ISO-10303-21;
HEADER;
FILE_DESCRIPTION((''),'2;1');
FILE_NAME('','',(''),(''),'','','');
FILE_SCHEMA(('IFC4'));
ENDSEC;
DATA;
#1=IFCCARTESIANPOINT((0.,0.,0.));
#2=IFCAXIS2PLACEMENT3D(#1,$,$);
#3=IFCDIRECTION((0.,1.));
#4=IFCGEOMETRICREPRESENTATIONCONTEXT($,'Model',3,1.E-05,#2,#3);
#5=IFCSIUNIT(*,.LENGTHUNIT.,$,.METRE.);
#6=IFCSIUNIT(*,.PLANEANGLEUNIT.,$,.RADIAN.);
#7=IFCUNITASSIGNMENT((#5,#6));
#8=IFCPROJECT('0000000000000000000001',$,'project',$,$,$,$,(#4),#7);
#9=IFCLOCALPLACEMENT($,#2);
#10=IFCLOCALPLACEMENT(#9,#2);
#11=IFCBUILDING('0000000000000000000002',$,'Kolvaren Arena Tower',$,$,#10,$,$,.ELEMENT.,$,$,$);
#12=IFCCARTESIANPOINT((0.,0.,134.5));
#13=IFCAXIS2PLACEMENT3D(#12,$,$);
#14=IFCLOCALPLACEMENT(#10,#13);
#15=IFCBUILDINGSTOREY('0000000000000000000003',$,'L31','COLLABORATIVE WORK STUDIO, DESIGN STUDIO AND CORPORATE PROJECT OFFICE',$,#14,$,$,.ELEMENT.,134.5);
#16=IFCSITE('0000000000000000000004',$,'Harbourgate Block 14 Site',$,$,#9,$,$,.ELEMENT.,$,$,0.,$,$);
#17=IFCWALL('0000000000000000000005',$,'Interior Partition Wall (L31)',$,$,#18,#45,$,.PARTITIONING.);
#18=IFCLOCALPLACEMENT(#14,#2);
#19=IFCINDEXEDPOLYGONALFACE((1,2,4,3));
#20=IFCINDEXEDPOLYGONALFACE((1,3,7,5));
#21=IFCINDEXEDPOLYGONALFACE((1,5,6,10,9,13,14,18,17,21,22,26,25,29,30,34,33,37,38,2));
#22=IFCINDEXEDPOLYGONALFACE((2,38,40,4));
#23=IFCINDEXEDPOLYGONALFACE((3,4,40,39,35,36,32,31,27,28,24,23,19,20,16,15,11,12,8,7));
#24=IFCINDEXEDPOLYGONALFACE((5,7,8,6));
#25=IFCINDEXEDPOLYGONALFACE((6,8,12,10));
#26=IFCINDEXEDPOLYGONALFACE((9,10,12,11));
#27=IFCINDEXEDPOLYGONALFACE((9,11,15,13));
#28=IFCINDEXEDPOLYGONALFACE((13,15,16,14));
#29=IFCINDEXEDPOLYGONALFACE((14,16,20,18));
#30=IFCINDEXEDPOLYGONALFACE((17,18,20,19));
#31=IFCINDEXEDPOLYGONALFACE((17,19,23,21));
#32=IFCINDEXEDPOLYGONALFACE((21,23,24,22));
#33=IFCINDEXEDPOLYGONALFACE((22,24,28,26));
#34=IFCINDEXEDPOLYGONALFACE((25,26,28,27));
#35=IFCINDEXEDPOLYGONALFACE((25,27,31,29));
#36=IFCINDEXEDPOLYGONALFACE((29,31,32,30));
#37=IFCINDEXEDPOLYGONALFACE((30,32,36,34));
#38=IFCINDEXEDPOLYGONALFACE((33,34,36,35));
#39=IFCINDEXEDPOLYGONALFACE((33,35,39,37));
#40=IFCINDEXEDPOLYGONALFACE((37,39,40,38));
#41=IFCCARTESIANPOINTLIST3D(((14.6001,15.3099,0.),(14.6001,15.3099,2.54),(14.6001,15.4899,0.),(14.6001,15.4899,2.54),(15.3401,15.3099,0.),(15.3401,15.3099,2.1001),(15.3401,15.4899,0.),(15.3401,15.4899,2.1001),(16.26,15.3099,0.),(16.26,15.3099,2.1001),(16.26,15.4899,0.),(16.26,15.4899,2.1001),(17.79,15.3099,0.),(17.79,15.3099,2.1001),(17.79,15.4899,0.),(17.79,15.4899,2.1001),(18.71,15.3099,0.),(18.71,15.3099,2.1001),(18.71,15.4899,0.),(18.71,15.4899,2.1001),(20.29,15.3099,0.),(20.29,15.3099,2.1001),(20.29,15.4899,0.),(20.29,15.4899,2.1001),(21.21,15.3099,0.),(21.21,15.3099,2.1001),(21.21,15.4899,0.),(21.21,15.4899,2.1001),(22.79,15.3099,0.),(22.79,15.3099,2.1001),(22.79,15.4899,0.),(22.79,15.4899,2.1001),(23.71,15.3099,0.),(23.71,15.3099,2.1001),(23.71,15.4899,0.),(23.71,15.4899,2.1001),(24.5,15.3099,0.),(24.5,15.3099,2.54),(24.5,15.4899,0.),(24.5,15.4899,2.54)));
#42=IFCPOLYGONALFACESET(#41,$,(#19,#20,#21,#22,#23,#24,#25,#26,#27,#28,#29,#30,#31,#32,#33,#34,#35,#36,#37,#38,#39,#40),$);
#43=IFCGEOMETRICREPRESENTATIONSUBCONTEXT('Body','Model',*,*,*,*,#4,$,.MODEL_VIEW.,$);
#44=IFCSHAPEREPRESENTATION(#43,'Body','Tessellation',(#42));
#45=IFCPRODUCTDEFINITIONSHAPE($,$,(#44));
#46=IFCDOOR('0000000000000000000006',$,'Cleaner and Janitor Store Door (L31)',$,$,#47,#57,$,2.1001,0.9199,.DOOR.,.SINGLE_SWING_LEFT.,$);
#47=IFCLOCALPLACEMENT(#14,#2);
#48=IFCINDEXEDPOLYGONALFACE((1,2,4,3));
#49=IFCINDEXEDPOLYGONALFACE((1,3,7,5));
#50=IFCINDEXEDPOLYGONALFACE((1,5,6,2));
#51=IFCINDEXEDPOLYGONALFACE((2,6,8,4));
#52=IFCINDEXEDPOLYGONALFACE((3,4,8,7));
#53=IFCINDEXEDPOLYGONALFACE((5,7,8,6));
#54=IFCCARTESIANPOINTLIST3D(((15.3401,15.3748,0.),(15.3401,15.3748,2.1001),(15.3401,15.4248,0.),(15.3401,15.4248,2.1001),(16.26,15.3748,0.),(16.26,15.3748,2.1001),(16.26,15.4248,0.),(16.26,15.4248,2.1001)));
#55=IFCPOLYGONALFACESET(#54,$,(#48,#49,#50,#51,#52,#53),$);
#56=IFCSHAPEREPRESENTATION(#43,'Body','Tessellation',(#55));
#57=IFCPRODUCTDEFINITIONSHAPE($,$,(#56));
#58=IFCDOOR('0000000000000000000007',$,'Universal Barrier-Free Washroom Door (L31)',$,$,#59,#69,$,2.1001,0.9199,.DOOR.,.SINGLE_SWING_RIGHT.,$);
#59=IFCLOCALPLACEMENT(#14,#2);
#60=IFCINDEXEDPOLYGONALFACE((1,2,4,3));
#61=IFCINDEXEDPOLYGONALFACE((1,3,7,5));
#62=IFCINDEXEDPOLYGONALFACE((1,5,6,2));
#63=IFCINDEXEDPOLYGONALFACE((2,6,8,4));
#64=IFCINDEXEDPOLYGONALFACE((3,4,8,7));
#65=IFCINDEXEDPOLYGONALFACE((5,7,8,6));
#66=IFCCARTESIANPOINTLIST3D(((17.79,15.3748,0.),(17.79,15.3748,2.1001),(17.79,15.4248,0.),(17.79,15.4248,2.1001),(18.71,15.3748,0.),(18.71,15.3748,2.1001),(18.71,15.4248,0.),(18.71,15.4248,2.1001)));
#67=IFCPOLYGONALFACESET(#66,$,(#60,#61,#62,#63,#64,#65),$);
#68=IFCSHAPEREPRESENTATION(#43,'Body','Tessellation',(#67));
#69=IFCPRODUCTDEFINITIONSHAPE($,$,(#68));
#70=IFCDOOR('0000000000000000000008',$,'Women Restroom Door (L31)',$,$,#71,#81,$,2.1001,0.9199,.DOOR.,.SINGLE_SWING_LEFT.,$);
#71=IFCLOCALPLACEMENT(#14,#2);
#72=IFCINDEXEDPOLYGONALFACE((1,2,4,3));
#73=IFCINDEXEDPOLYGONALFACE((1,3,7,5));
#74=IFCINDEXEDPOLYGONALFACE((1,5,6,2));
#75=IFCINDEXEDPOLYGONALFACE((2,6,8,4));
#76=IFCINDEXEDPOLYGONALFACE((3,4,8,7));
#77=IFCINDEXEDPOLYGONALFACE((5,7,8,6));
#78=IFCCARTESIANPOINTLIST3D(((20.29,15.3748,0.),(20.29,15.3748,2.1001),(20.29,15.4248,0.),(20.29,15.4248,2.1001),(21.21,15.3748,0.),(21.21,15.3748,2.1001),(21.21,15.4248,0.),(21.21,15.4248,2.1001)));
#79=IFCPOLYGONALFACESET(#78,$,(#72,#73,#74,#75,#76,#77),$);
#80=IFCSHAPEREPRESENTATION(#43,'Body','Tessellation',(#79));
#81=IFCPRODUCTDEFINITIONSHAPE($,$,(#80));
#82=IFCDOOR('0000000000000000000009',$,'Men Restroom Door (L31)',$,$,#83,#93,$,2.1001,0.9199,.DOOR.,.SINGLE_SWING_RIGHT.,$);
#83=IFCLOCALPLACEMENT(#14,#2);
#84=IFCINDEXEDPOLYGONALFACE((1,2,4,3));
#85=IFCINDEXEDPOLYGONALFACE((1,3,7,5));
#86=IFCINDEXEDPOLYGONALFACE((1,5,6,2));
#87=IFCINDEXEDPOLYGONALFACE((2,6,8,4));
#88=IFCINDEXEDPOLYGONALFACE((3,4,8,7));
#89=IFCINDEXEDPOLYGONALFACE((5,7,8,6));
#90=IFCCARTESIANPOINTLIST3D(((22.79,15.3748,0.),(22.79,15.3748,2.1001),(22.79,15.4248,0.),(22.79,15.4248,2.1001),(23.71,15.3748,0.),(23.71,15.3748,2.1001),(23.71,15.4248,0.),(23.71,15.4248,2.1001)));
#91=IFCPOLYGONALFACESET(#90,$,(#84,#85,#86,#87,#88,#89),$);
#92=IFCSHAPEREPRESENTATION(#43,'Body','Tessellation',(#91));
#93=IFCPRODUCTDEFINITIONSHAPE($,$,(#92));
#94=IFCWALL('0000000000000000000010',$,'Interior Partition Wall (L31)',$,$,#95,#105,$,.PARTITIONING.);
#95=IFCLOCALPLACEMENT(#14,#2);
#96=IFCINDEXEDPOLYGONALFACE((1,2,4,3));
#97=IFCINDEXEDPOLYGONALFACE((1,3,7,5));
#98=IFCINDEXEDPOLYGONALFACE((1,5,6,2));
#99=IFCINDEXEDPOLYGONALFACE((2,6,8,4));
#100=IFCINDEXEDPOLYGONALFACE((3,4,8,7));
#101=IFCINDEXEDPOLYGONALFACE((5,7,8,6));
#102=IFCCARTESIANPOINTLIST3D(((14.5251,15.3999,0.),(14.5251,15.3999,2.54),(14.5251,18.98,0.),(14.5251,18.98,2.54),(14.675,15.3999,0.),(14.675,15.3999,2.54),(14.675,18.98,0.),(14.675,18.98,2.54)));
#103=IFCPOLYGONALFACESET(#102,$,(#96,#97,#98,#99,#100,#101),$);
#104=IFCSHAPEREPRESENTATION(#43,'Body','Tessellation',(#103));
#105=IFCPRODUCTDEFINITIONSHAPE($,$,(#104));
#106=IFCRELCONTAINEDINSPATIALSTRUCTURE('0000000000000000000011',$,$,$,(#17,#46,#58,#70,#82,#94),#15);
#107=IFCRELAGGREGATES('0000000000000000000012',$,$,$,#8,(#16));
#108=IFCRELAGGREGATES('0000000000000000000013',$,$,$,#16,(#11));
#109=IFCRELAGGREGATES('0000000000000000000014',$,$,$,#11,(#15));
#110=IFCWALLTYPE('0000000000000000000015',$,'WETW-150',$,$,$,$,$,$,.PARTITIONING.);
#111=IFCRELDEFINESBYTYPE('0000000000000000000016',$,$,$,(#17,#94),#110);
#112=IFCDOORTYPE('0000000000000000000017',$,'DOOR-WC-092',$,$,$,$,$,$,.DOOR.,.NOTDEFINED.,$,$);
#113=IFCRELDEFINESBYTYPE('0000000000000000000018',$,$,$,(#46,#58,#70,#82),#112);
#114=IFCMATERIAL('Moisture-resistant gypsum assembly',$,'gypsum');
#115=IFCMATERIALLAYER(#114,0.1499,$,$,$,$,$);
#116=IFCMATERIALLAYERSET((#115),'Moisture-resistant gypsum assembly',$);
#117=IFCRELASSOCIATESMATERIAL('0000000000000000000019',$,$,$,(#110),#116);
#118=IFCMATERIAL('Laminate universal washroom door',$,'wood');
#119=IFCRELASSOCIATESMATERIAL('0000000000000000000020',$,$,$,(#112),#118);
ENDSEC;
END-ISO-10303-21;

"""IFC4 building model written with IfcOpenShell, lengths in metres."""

from ifc_helpers import new_model, si_unit, direction, frame, frame_2d, origin, place, context, subcontext, project, spatial, rectangle, extrude, material, layer, layer_set, type_object, element, fill, save


model = new_model("IFC4")

# Units and contexts
model_context = context("Model", 3, precision=1e-05, world=origin(), true_north=direction((0.0, 1.0)))
body_context = subcontext(model_context, "Body", "Model", "MODEL_VIEW")
ifc_project = project(units=[si_unit("LENGTHUNIT", "METRE"), si_unit("PLANEANGLEUNIT", "RADIAN")], contexts=[model_context])

# Site, building, storey
site_placement = place(None, origin())
site = spatial("IfcSite", under=ifc_project, at=site_placement, Name="Harbourgate Block 14 Site", CompositionType="ELEMENT", RefElevation=0.0)
building_placement = place(site_placement, origin())
building = spatial("IfcBuilding", under=site, at=building_placement, Name="Kolvaren Arena Tower", CompositionType="ELEMENT")
storey_placement = place(building_placement, frame((0.0, 0.0, 134.5)))
storey = spatial("IfcBuildingStorey", under=building, at=storey_placement, Name="L31", Description="COLLABORATIVE WORK STUDIO, DESIGN STUDIO AND CORPORATE PROJECT OFFICE", CompositionType="ELEMENT", Elevation=134.5)

# Shared definitions
ifc_material_1 = material(Name="Moisture-resistant gypsum assembly", Category="gypsum")
ifc_layer_1 = layer(ifc_material_1, 0.1499)
ifc_layer_set_1 = layer_set([ifc_layer_1], Name="Moisture-resistant gypsum assembly")
wall_type_1 = type_object("IfcWallType", Name="WETW-150", PredefinedType="PARTITIONING", material=ifc_layer_set_1)

# Wall, openings, doors
wall_1_placement = place(storey_placement, frame((14.6001, 15.3999, 0.0), z_axis=(0.0, 0.0, 1.0), x_axis=(1.0, 0.0, 0.0)))
wall_1 = element("IfcWall", 1, at=wall_1_placement, inside=storey, type_object=wall_type_1, Name="Interior Partition Wall (L31)", PredefinedType="PARTITIONING", context=body_context, shape_type="SweptSolid", body=[
    extrude(rectangle(XDim=9.8999, YDim=0.1799, at=frame_2d((4.95, 0.0))), origin(), (0.0, 0.0, 1.0), 2.54),
])
opening_1_placement = place(wall_1_placement, frame((0.74, 0.0, 0.0)))
opening_1 = element("IfcOpeningElement", 2, at=opening_1_placement, cuts=wall_1, PredefinedType="OPENING", context=body_context, shape_type="SweptSolid", body=[
    extrude(rectangle(XDim=0.9199, YDim=2.1001, at=frame_2d((0.46, 1.05))), frame((0.0, 0.0999, 0.0), z_axis=(0.0, -1.0, 0.0), x_axis=(1.0, 0.0, 0.0)), (0.0, 0.0, 1.0), 0.2),
])
opening_2_placement = place(wall_1_placement, frame((3.1899, 0.0, 0.0)))
opening_2 = element("IfcOpeningElement", 3, at=opening_2_placement, cuts=wall_1, PredefinedType="OPENING", context=body_context, shape_type="SweptSolid", body=[
    extrude(rectangle(XDim=0.9199, YDim=2.1001, at=frame_2d((0.46, 1.05))), frame((0.0, 0.0999, 0.0), z_axis=(0.0, -1.0, 0.0), x_axis=(1.0, 0.0, 0.0)), (0.0, 0.0, 1.0), 0.2),
])
opening_3_placement = place(wall_1_placement, frame((5.6899, 0.0, 0.0)))
opening_3 = element("IfcOpeningElement", 4, at=opening_3_placement, cuts=wall_1, PredefinedType="OPENING", context=body_context, shape_type="SweptSolid", body=[
    extrude(rectangle(XDim=0.9199, YDim=2.1001, at=frame_2d((0.46, 1.05))), frame((0.0, 0.0999, 0.0), z_axis=(0.0, -1.0, 0.0), x_axis=(1.0, 0.0, 0.0)), (0.0, 0.0, 1.0), 0.2),
])
opening_4_placement = place(wall_1_placement, frame((8.1899, 0.0, 0.0)))
opening_4 = element("IfcOpeningElement", 5, at=opening_4_placement, cuts=wall_1, PredefinedType="OPENING", context=body_context, shape_type="SweptSolid", body=[
    extrude(rectangle(XDim=0.9199, YDim=2.1001, at=frame_2d((0.46, 1.05))), frame((0.0, 0.0999, 0.0), z_axis=(0.0, -1.0, 0.0), x_axis=(1.0, 0.0, 0.0)), (0.0, 0.0, 1.0), 0.2),
])
ifc_material_2 = material(Name="Laminate universal washroom door", Category="wood")
door_type_1 = type_object("IfcDoorType", Name="DOOR-WC-092", OperationType="NOTDEFINED", PredefinedType="DOOR", material=ifc_material_2)
door_1_placement = place(opening_1_placement, origin())
door_1 = element("IfcDoor", 6, at=door_1_placement, inside=storey, type_object=door_type_1, Name="Cleaner and Janitor Store Door (L31)", OperationType="SINGLE_SWING_LEFT", OverallHeight=2.1001, OverallWidth=0.9199, PredefinedType="DOOR", context=body_context, shape_type="SweptSolid", body=[
    extrude(rectangle(XDim=0.9199, YDim=2.1001, at=frame_2d((0.46, 1.05))), frame((0.0, 0.0249, 0.0), z_axis=(0.0, -1.0, 0.0), x_axis=(1.0, 0.0, 0.0)), (0.0, 0.0, 1.0), 0.05),
])
fill(opening_1, door_1)
door_2_placement = place(opening_2_placement, origin())
door_2 = element("IfcDoor", 7, at=door_2_placement, inside=storey, type_object=door_type_1, Name="Universal Barrier-Free Washroom Door (L31)", OperationType="SINGLE_SWING_RIGHT", OverallHeight=2.1001, OverallWidth=0.9199, PredefinedType="DOOR", context=body_context, shape_type="SweptSolid", body=[
    extrude(rectangle(XDim=0.9199, YDim=2.1001, at=frame_2d((0.46, 1.05))), frame((0.0, 0.0249, 0.0), z_axis=(0.0, -1.0, 0.0), x_axis=(1.0, 0.0, 0.0)), (0.0, 0.0, 1.0), 0.05),
])
fill(opening_2, door_2)
door_3_placement = place(opening_3_placement, origin())
door_3 = element("IfcDoor", 8, at=door_3_placement, inside=storey, type_object=door_type_1, Name="Women Restroom Door (L31)", OperationType="SINGLE_SWING_LEFT", OverallHeight=2.1001, OverallWidth=0.9199, PredefinedType="DOOR", context=body_context, shape_type="SweptSolid", body=[
    extrude(rectangle(XDim=0.9199, YDim=2.1001, at=frame_2d((0.46, 1.05))), frame((0.0, 0.0249, 0.0), z_axis=(0.0, -1.0, 0.0), x_axis=(1.0, 0.0, 0.0)), (0.0, 0.0, 1.0), 0.05),
])
fill(opening_3, door_3)
door_4_placement = place(opening_4_placement, origin())
door_4 = element("IfcDoor", 9, at=door_4_placement, inside=storey, type_object=door_type_1, Name="Men Restroom Door (L31)", OperationType="SINGLE_SWING_RIGHT", OverallHeight=2.1001, OverallWidth=0.9199, PredefinedType="DOOR", context=body_context, shape_type="SweptSolid", body=[
    extrude(rectangle(XDim=0.9199, YDim=2.1001, at=frame_2d((0.46, 1.05))), frame((0.0, 0.0249, 0.0), z_axis=(0.0, -1.0, 0.0), x_axis=(1.0, 0.0, 0.0)), (0.0, 0.0, 1.0), 0.05),
])
fill(opening_4, door_4)

# Wall
wall_2_placement = place(storey_placement, frame((14.6001, 15.3999, 0.0), z_axis=(0.0, 0.0, 1.0), x_axis=(0.0, 1.0, 0.0)))
element("IfcWall", 10, at=wall_2_placement, inside=storey, type_object=wall_type_1, Name="Interior Partition Wall (L31)", PredefinedType="PARTITIONING", context=body_context, shape_type="SweptSolid", body=[
    extrude(rectangle(XDim=3.5801, YDim=0.1499, at=frame_2d((1.79, 0.0))), origin(), (0.0, 0.0, 1.0), 2.54),
])

save(model, "model.ifc")
